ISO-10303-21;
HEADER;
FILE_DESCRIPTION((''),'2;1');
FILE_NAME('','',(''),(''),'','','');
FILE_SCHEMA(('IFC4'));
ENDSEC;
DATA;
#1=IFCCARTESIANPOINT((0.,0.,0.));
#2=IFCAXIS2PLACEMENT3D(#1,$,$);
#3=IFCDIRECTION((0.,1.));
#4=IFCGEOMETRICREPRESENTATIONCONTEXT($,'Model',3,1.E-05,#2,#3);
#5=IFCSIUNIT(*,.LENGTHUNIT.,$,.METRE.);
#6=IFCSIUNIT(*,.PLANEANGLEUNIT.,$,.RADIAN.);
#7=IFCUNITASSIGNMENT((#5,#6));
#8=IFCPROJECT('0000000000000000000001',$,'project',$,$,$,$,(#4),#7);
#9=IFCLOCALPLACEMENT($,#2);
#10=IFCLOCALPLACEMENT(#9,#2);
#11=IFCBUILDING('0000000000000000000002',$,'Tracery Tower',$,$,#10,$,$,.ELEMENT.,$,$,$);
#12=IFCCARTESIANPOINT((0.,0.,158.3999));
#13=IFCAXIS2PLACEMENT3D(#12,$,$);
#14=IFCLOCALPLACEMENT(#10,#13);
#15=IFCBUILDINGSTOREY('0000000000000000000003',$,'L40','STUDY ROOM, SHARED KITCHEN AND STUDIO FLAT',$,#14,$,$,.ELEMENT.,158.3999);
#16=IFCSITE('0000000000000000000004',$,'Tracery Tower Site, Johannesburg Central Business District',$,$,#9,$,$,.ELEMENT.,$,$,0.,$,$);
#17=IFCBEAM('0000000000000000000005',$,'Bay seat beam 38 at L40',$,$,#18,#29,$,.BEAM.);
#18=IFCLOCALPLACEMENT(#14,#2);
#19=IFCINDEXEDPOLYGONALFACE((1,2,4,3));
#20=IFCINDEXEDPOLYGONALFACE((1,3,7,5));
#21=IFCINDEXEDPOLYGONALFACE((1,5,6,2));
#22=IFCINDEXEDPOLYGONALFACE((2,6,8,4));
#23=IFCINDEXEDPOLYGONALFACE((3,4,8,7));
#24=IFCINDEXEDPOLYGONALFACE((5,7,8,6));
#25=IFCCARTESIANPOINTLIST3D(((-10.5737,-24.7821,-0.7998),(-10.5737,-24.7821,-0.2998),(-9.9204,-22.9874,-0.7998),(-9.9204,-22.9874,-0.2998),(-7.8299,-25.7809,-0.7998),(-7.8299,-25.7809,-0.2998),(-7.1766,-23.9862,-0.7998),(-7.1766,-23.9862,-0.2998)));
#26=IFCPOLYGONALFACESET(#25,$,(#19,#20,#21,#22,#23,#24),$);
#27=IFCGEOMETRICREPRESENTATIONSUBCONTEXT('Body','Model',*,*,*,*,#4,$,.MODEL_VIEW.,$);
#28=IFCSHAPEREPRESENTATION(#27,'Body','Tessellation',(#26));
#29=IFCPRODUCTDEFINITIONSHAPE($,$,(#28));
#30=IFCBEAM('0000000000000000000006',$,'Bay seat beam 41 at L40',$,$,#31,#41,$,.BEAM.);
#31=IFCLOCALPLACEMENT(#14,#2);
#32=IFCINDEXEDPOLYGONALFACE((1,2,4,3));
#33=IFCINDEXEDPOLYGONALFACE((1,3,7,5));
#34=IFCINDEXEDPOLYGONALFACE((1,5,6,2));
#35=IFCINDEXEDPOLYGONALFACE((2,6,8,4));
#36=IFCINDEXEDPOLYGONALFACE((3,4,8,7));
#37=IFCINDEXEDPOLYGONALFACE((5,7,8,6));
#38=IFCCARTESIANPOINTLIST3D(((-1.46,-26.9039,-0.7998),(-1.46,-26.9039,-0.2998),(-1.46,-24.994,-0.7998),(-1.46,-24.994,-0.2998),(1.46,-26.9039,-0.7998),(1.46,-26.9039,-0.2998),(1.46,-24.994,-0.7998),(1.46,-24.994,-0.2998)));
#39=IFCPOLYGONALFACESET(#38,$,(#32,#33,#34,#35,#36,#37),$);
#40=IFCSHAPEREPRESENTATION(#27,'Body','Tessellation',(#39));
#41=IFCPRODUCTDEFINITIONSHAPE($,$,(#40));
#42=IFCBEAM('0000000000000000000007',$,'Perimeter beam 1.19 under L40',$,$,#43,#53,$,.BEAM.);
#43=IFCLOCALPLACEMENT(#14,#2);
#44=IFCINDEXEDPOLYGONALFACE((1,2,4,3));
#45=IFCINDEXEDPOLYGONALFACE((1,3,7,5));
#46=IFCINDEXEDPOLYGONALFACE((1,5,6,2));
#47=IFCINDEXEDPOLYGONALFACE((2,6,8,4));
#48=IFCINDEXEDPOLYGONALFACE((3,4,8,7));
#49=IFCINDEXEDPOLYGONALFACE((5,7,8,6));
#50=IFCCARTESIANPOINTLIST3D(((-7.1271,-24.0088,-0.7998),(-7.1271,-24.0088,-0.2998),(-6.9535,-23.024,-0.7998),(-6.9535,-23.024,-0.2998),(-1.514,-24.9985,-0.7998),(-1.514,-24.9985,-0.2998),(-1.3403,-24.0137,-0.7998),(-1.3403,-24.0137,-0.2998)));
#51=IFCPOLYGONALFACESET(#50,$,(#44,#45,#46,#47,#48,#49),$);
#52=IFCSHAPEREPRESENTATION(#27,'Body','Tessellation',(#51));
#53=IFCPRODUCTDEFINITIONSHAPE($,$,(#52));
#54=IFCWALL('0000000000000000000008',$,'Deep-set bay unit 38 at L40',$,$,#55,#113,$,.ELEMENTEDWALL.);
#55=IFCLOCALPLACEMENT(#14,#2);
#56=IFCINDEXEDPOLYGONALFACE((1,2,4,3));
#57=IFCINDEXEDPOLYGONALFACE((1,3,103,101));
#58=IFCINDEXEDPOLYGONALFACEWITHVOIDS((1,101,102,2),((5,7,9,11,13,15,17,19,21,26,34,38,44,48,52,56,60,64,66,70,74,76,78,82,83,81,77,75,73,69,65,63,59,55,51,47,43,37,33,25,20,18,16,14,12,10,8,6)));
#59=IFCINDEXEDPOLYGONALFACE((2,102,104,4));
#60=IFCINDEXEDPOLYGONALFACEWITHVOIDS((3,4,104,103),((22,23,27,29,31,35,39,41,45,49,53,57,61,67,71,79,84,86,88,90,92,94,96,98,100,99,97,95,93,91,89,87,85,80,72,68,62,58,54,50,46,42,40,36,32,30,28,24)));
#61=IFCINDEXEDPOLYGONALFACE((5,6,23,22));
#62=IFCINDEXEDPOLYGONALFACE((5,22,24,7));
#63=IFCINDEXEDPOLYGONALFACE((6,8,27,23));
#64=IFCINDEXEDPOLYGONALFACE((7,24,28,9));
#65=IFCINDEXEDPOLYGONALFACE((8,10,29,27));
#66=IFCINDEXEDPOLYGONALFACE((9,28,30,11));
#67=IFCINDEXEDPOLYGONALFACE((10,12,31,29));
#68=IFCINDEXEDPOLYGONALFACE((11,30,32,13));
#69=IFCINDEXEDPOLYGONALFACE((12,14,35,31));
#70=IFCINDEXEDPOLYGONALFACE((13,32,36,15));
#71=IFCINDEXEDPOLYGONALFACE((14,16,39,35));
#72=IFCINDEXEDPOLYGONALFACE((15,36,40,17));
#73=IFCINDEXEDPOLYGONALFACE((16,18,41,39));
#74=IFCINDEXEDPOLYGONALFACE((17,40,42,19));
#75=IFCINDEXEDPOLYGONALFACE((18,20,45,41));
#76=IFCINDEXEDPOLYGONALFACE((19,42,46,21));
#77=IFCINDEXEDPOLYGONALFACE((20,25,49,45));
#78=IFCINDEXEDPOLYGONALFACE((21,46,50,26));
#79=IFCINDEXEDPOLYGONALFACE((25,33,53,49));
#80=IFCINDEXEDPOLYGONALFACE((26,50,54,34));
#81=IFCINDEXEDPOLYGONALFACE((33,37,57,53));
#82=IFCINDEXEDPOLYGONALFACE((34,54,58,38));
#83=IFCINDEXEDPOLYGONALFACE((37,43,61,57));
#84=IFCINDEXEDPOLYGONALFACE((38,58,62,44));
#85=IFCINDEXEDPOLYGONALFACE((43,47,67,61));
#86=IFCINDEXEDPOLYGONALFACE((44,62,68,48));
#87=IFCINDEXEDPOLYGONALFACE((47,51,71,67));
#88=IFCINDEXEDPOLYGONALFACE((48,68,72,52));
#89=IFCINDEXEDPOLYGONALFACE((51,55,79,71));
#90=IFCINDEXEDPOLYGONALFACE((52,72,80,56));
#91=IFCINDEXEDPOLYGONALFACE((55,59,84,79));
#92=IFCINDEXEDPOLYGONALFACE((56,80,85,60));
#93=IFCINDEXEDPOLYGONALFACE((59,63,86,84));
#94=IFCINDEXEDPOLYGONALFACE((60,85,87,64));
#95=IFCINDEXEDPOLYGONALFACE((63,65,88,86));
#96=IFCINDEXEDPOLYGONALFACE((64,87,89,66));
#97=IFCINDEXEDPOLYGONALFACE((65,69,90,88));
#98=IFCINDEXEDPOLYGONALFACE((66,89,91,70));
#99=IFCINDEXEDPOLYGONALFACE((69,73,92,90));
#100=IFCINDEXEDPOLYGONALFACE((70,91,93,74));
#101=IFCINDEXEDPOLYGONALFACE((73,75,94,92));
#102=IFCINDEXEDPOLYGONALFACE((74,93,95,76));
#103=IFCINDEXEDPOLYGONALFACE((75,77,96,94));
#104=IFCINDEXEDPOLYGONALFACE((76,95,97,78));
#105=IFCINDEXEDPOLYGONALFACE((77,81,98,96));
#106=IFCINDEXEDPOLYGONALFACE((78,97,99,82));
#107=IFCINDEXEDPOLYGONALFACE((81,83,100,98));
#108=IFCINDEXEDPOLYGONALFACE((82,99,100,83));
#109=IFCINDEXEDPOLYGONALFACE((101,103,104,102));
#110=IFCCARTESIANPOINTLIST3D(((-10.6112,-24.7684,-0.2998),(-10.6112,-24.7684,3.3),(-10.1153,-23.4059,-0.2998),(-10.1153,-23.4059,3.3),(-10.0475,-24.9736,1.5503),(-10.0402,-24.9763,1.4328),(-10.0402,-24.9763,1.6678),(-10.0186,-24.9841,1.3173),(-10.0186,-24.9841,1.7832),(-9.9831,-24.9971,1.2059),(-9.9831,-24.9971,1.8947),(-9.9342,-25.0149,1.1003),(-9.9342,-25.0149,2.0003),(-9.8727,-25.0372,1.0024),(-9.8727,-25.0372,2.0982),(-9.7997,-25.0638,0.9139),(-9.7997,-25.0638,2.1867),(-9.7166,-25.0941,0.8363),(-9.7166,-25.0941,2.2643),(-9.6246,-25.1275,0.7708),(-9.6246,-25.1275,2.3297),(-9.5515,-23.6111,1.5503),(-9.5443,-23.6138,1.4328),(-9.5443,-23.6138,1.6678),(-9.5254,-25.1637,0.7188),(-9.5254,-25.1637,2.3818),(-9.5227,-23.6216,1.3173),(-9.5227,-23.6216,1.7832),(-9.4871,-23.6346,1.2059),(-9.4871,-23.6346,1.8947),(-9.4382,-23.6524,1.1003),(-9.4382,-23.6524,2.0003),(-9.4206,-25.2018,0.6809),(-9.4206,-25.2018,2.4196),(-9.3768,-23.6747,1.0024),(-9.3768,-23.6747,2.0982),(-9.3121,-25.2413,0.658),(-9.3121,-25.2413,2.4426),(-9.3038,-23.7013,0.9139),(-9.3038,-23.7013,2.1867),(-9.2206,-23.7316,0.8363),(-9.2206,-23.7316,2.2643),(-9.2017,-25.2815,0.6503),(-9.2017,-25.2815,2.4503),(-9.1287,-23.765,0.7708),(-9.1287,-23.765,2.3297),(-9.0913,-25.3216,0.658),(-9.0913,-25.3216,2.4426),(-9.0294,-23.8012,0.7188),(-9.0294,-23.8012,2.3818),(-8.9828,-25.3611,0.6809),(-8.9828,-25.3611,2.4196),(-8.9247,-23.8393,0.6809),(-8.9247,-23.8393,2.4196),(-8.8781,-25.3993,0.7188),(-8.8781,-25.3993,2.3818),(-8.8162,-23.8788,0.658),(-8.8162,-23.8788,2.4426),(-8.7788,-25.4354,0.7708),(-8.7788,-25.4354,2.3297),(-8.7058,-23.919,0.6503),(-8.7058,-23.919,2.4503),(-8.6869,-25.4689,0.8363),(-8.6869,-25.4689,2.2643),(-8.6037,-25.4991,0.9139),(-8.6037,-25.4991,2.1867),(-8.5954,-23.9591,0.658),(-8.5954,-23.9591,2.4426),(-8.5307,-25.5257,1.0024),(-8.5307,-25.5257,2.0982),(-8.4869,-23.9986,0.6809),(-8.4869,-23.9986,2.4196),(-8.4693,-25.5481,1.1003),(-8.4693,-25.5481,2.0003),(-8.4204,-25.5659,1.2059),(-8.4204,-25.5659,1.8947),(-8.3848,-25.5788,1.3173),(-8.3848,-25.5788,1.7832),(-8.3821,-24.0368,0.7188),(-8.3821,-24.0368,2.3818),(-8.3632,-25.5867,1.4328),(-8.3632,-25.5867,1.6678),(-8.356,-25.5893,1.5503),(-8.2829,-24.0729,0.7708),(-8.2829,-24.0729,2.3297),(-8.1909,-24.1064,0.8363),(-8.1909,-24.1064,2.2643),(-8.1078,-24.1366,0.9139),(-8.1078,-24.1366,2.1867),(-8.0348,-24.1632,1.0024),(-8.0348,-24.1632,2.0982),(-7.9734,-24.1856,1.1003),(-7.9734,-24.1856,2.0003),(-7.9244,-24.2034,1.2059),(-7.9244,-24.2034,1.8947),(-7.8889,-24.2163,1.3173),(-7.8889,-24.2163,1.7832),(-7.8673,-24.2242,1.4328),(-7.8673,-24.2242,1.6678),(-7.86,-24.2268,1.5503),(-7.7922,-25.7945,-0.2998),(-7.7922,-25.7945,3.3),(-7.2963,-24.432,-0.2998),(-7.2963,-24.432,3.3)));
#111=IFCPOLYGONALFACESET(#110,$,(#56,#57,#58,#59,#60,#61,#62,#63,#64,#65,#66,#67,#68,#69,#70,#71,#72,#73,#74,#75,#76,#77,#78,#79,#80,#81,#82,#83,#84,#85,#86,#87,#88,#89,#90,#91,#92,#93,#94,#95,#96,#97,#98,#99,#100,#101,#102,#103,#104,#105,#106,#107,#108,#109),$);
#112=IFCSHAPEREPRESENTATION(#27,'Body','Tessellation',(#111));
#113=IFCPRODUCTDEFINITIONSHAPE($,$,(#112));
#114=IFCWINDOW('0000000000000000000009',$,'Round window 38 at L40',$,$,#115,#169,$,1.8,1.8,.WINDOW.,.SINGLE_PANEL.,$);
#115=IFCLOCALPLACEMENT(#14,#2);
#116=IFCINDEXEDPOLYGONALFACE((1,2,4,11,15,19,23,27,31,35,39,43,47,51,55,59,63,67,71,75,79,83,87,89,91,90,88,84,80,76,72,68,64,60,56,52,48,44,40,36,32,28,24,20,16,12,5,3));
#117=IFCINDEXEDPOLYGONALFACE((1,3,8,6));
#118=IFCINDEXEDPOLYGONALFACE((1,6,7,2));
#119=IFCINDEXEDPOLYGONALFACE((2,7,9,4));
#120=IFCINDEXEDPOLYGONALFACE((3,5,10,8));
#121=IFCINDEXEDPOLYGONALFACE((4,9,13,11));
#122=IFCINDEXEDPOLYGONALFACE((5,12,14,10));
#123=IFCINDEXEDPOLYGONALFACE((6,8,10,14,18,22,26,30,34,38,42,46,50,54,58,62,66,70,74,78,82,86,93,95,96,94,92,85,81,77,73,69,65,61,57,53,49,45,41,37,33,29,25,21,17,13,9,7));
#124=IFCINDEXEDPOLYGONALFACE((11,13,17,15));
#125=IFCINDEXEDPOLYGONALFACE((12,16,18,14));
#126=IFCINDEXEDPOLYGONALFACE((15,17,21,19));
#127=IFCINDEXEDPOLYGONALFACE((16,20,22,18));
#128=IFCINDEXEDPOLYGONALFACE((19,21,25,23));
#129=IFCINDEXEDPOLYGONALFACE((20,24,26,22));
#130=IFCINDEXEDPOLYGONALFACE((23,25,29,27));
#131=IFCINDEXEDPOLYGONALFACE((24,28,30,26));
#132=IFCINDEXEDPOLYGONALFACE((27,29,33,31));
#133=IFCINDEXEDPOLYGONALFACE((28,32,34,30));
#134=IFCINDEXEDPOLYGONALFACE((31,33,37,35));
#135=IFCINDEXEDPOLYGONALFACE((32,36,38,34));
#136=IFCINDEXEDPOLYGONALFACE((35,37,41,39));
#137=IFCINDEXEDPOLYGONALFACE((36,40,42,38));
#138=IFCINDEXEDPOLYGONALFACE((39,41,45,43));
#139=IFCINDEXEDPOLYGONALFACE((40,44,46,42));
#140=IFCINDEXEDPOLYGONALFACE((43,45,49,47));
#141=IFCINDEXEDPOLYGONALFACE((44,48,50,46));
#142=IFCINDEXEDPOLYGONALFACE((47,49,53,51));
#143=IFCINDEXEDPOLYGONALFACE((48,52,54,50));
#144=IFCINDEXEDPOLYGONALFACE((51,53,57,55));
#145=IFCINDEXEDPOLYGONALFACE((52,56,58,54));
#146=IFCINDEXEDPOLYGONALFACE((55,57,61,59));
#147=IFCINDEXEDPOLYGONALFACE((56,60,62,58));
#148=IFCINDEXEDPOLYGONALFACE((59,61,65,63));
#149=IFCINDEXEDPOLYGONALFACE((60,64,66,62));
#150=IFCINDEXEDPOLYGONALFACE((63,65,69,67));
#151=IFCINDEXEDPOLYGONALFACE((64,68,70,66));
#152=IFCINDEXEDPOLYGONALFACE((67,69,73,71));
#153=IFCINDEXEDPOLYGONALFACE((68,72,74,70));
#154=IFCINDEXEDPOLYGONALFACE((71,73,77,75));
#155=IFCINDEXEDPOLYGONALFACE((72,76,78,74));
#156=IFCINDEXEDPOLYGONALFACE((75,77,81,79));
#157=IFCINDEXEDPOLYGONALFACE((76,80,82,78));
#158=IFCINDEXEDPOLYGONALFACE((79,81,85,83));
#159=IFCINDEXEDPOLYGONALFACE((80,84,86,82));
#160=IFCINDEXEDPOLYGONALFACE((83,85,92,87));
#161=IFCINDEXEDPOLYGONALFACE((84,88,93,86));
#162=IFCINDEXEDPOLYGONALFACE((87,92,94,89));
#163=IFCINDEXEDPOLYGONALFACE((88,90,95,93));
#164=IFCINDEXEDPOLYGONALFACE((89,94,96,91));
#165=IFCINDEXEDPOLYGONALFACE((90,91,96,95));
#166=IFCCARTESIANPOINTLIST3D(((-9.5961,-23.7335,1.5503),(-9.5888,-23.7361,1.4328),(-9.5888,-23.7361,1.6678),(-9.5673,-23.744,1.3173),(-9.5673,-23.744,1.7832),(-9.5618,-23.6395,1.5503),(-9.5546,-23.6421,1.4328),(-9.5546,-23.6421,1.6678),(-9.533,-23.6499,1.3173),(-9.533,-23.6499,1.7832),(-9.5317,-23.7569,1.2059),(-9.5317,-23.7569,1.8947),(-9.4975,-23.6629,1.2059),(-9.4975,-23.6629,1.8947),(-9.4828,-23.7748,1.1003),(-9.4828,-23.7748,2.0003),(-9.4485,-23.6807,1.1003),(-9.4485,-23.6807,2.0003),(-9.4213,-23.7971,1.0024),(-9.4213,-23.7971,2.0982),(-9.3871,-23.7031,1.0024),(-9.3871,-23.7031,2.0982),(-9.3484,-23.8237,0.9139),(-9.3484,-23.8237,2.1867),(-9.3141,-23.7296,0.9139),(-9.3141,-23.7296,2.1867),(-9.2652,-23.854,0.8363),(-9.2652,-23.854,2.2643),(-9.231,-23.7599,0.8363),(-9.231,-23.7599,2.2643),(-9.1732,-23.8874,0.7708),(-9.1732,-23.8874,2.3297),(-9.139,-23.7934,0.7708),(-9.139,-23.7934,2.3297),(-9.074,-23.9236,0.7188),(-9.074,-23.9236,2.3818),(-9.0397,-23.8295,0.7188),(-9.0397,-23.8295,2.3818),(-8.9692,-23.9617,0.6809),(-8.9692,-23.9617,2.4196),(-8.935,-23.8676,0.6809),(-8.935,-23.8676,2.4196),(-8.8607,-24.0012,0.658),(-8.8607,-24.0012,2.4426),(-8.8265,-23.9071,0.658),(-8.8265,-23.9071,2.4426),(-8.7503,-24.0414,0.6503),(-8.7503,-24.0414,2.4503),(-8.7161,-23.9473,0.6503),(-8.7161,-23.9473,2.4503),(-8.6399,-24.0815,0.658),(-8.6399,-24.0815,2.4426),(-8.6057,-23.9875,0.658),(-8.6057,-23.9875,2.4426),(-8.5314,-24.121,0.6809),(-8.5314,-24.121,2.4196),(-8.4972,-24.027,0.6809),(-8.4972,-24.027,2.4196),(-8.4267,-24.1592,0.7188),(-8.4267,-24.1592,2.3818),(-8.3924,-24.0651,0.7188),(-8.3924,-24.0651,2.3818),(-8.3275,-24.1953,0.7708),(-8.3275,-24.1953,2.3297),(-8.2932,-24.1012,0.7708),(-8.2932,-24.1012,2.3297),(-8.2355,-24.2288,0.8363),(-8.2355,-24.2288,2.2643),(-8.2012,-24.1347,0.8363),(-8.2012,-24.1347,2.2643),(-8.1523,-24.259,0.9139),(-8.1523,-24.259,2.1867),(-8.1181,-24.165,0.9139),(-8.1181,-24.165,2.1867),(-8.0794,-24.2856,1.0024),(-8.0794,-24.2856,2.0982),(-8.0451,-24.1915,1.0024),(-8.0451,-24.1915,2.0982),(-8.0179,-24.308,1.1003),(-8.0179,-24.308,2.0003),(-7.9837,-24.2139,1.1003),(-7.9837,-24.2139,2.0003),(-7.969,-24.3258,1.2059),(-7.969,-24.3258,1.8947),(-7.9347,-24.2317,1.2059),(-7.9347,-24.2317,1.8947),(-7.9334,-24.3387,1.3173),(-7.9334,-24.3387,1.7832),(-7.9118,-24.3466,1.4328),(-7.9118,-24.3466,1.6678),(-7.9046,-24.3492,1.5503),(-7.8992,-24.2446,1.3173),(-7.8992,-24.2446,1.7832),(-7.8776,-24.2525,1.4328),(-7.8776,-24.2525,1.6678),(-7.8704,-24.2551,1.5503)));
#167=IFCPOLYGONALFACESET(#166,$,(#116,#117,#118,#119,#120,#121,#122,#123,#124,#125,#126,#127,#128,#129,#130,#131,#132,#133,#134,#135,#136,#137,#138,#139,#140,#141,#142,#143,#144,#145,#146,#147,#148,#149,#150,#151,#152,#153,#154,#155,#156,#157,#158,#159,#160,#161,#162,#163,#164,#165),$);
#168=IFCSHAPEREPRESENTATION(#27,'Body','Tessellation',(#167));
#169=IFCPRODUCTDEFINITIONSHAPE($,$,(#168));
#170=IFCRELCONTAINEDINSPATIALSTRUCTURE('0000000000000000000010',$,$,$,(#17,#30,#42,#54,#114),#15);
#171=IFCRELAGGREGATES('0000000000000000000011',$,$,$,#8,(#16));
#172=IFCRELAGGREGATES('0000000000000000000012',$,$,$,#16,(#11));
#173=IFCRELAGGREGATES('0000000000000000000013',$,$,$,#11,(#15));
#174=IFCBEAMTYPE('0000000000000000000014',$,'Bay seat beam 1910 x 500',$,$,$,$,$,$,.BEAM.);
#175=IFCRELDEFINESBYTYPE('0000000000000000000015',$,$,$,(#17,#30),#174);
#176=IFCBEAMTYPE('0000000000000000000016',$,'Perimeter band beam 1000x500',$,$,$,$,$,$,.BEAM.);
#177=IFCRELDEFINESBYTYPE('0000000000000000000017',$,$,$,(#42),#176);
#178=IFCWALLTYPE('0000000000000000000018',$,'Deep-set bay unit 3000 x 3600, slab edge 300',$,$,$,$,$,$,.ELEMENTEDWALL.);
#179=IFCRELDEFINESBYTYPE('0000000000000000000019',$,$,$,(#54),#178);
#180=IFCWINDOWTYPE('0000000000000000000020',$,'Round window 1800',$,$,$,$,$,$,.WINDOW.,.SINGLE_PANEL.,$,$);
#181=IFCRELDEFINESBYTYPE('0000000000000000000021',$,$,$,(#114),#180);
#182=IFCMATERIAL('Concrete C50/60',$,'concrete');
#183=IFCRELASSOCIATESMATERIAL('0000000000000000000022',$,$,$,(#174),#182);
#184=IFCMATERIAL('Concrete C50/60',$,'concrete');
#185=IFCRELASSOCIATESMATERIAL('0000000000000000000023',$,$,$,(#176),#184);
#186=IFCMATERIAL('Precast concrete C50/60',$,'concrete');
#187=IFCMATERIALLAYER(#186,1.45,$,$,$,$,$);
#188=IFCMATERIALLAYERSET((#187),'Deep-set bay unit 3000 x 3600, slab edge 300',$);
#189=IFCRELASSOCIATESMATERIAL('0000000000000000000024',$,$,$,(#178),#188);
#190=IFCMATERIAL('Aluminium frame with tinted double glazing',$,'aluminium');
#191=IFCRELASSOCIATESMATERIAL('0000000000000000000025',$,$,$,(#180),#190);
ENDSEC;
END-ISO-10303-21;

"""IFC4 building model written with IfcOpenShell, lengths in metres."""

from ifc_helpers import new_model, si_unit, direction, frame, frame_2d, origin, origin_2d, place, context, subcontext, project, spatial, rectangle, circle, extrude, material, layer, layer_set, material_profile, profile_set, type_object, element, fill, save


model = new_model("IFC4")

# Units and contexts
model_context = context("Model", 3, precision=1e-05, world=origin(), true_north=direction((0.0, 1.0)))
body_context = subcontext(model_context, "Body", "Model", "MODEL_VIEW")
ifc_project = project(units=[si_unit("LENGTHUNIT", "METRE"), si_unit("PLANEANGLEUNIT", "RADIAN")], contexts=[model_context])

# Site, building, storey
site_placement = place(None, origin())
site = spatial("IfcSite", under=ifc_project, at=site_placement, Name="Tracery Tower Site, Johannesburg Central Business District", CompositionType="ELEMENT", RefElevation=0.0)
building_placement = place(site_placement, origin())
building = spatial("IfcBuilding", under=site, at=building_placement, Name="Tracery Tower", CompositionType="ELEMENT")
storey_placement = place(building_placement, frame((0.0, 0.0, 158.3999)))
storey = spatial("IfcBuildingStorey", under=building, at=storey_placement, Name="L40", Description="STUDY ROOM, SHARED KITCHEN AND STUDIO FLAT", CompositionType="ELEMENT", Elevation=158.3999)

# Beams
ifc_material_1 = material(Name="Concrete C50/60", Category="concrete")
ifc_material_profile_1 = material_profile(ifc_material_1, rectangle(XDim=1.9099, YDim=0.5, at=origin_2d()), Name="RC 1910x500")
ifc_profile_set_1 = profile_set([ifc_material_profile_1], Name="Concrete C50/60")
beam_type_1 = type_object("IfcBeamType", Name="Bay seat beam 1910 x 500", PredefinedType="BEAM", material=ifc_profile_set_1)
for number, where, z_axis, x_axis, name in (
    (1, (-10.2471, -23.8848, -0.5498), (0.939684, -0.342045, 0.0), (0.342045, 0.939684, 0.0), "Bay seat beam 38 at L40"),
    (2, (-1.46, -25.949, -0.5498), (1.0, 0.0, 0.0), (0.0, 1.0, 0.0), "Bay seat beam 41 at L40"),
):
    element("IfcBeam", number, at=place(storey_placement, frame(where, z_axis=z_axis, x_axis=x_axis)), inside=storey, type_object=beam_type_1, Name=name, PredefinedType="BEAM", context=body_context, shape_type="SweptSolid", body=[
        extrude(rectangle(XDim=1.9099, YDim=0.5, at=origin_2d()), origin(), (0.0, 0.0, 1.0), 2.9199),
    ])
ifc_material_2 = material(Name="Concrete C50/60", Category="concrete")
ifc_material_profile_2 = material_profile(ifc_material_2, rectangle(XDim=1.0, YDim=0.5, at=origin_2d()), Name="RC 1000x500")
ifc_profile_set_2 = profile_set([ifc_material_profile_2], Name="Concrete C50/60")
beam_type_2 = type_object("IfcBeamType", Name="Perimeter band beam 1000x500", PredefinedType="BEAM", material=ifc_profile_set_2)
beam_placement = place(storey_placement, frame((-7.0403, -23.5164, -0.5498), z_axis=(0.984807, -0.173651, 0.0), x_axis=(0.173651, 0.984807, 0.0)))
element("IfcBeam", 3, at=beam_placement, inside=storey, type_object=beam_type_2, Name="Perimeter beam 1.19 under L40", PredefinedType="BEAM", context=body_context, shape_type="SweptSolid", body=[
    extrude(rectangle(XDim=1.0, YDim=0.5, at=origin_2d()), origin(), (0.0, 0.0, 1.0), 5.6997),
])

# Wall, opening, window
ifc_material_3 = material(Name="Precast concrete C50/60", Category="concrete")
ifc_layer_1 = layer(ifc_material_3, 1.45)
ifc_layer_set_1 = layer_set([ifc_layer_1], Name="Deep-set bay unit 3000 x 3600, slab edge 300")
wall_type_1 = type_object("IfcWallType", Name="Deep-set bay unit 3000 x 3600, slab edge 300", PredefinedType="ELEMENTEDWALL", material=ifc_layer_set_1)
wall_1_placement = place(storey_placement, frame((-10.3633, -24.0872, -0.2998), z_axis=(0.0, 0.0, 1.0), x_axis=(0.939686, -0.342037, 0.0)))
wall_1 = element("IfcWall", 4, at=wall_1_placement, inside=storey, type_object=wall_type_1, Name="Deep-set bay unit 38 at L40", PredefinedType="ELEMENTEDWALL", context=body_context, shape_type="SweptSolid", body=[
    extrude(rectangle(XDim=3.0, YDim=1.45, at=frame_2d((1.5, 0.0))), origin(), (0.0, 0.0, 1.0), 3.5999),
])
opening_1_placement = place(wall_1_placement, frame((1.5, 0.0, 1.8501)))
opening_1 = element("IfcOpeningElement", 5, at=opening_1_placement, cuts=wall_1, PredefinedType="OPENING", context=body_context, shape_type="SweptSolid", body=[
    extrude(circle(Radius=0.9, at=origin_2d()), frame((0.0, 0.7349, 0.0), z_axis=(0.0, -1.0, 0.0), x_axis=(1.0, 0.0, 0.0)), (0.0, 0.0, 1.0), 1.47),
])
ifc_material_4 = material(Name="Aluminium frame with tinted double glazing", Category="aluminium")
window_type = type_object("IfcWindowType", Name="Round window 1800", PartitioningType="SINGLE_PANEL", PredefinedType="WINDOW", material=ifc_material_4)
window_1_placement = place(opening_1_placement, origin())
window_1 = element("IfcWindow", 6, at=window_1_placement, inside=storey, type_object=window_type, Name="Round window 38 at L40", OverallHeight=1.8, OverallWidth=1.8, PartitioningType="SINGLE_PANEL", PredefinedType="WINDOW", context=body_context, shape_type="SweptSolid", body=[
    extrude(circle(Radius=0.9, at=origin_2d()), frame((0.0, 0.6948, 0.0), z_axis=(0.0, -1.0, 0.0), x_axis=(1.0, 0.0, 0.0)), (0.0, 0.0, 1.0), 0.1001),
])
fill(opening_1, window_1)

save(model, "model.ifc")
